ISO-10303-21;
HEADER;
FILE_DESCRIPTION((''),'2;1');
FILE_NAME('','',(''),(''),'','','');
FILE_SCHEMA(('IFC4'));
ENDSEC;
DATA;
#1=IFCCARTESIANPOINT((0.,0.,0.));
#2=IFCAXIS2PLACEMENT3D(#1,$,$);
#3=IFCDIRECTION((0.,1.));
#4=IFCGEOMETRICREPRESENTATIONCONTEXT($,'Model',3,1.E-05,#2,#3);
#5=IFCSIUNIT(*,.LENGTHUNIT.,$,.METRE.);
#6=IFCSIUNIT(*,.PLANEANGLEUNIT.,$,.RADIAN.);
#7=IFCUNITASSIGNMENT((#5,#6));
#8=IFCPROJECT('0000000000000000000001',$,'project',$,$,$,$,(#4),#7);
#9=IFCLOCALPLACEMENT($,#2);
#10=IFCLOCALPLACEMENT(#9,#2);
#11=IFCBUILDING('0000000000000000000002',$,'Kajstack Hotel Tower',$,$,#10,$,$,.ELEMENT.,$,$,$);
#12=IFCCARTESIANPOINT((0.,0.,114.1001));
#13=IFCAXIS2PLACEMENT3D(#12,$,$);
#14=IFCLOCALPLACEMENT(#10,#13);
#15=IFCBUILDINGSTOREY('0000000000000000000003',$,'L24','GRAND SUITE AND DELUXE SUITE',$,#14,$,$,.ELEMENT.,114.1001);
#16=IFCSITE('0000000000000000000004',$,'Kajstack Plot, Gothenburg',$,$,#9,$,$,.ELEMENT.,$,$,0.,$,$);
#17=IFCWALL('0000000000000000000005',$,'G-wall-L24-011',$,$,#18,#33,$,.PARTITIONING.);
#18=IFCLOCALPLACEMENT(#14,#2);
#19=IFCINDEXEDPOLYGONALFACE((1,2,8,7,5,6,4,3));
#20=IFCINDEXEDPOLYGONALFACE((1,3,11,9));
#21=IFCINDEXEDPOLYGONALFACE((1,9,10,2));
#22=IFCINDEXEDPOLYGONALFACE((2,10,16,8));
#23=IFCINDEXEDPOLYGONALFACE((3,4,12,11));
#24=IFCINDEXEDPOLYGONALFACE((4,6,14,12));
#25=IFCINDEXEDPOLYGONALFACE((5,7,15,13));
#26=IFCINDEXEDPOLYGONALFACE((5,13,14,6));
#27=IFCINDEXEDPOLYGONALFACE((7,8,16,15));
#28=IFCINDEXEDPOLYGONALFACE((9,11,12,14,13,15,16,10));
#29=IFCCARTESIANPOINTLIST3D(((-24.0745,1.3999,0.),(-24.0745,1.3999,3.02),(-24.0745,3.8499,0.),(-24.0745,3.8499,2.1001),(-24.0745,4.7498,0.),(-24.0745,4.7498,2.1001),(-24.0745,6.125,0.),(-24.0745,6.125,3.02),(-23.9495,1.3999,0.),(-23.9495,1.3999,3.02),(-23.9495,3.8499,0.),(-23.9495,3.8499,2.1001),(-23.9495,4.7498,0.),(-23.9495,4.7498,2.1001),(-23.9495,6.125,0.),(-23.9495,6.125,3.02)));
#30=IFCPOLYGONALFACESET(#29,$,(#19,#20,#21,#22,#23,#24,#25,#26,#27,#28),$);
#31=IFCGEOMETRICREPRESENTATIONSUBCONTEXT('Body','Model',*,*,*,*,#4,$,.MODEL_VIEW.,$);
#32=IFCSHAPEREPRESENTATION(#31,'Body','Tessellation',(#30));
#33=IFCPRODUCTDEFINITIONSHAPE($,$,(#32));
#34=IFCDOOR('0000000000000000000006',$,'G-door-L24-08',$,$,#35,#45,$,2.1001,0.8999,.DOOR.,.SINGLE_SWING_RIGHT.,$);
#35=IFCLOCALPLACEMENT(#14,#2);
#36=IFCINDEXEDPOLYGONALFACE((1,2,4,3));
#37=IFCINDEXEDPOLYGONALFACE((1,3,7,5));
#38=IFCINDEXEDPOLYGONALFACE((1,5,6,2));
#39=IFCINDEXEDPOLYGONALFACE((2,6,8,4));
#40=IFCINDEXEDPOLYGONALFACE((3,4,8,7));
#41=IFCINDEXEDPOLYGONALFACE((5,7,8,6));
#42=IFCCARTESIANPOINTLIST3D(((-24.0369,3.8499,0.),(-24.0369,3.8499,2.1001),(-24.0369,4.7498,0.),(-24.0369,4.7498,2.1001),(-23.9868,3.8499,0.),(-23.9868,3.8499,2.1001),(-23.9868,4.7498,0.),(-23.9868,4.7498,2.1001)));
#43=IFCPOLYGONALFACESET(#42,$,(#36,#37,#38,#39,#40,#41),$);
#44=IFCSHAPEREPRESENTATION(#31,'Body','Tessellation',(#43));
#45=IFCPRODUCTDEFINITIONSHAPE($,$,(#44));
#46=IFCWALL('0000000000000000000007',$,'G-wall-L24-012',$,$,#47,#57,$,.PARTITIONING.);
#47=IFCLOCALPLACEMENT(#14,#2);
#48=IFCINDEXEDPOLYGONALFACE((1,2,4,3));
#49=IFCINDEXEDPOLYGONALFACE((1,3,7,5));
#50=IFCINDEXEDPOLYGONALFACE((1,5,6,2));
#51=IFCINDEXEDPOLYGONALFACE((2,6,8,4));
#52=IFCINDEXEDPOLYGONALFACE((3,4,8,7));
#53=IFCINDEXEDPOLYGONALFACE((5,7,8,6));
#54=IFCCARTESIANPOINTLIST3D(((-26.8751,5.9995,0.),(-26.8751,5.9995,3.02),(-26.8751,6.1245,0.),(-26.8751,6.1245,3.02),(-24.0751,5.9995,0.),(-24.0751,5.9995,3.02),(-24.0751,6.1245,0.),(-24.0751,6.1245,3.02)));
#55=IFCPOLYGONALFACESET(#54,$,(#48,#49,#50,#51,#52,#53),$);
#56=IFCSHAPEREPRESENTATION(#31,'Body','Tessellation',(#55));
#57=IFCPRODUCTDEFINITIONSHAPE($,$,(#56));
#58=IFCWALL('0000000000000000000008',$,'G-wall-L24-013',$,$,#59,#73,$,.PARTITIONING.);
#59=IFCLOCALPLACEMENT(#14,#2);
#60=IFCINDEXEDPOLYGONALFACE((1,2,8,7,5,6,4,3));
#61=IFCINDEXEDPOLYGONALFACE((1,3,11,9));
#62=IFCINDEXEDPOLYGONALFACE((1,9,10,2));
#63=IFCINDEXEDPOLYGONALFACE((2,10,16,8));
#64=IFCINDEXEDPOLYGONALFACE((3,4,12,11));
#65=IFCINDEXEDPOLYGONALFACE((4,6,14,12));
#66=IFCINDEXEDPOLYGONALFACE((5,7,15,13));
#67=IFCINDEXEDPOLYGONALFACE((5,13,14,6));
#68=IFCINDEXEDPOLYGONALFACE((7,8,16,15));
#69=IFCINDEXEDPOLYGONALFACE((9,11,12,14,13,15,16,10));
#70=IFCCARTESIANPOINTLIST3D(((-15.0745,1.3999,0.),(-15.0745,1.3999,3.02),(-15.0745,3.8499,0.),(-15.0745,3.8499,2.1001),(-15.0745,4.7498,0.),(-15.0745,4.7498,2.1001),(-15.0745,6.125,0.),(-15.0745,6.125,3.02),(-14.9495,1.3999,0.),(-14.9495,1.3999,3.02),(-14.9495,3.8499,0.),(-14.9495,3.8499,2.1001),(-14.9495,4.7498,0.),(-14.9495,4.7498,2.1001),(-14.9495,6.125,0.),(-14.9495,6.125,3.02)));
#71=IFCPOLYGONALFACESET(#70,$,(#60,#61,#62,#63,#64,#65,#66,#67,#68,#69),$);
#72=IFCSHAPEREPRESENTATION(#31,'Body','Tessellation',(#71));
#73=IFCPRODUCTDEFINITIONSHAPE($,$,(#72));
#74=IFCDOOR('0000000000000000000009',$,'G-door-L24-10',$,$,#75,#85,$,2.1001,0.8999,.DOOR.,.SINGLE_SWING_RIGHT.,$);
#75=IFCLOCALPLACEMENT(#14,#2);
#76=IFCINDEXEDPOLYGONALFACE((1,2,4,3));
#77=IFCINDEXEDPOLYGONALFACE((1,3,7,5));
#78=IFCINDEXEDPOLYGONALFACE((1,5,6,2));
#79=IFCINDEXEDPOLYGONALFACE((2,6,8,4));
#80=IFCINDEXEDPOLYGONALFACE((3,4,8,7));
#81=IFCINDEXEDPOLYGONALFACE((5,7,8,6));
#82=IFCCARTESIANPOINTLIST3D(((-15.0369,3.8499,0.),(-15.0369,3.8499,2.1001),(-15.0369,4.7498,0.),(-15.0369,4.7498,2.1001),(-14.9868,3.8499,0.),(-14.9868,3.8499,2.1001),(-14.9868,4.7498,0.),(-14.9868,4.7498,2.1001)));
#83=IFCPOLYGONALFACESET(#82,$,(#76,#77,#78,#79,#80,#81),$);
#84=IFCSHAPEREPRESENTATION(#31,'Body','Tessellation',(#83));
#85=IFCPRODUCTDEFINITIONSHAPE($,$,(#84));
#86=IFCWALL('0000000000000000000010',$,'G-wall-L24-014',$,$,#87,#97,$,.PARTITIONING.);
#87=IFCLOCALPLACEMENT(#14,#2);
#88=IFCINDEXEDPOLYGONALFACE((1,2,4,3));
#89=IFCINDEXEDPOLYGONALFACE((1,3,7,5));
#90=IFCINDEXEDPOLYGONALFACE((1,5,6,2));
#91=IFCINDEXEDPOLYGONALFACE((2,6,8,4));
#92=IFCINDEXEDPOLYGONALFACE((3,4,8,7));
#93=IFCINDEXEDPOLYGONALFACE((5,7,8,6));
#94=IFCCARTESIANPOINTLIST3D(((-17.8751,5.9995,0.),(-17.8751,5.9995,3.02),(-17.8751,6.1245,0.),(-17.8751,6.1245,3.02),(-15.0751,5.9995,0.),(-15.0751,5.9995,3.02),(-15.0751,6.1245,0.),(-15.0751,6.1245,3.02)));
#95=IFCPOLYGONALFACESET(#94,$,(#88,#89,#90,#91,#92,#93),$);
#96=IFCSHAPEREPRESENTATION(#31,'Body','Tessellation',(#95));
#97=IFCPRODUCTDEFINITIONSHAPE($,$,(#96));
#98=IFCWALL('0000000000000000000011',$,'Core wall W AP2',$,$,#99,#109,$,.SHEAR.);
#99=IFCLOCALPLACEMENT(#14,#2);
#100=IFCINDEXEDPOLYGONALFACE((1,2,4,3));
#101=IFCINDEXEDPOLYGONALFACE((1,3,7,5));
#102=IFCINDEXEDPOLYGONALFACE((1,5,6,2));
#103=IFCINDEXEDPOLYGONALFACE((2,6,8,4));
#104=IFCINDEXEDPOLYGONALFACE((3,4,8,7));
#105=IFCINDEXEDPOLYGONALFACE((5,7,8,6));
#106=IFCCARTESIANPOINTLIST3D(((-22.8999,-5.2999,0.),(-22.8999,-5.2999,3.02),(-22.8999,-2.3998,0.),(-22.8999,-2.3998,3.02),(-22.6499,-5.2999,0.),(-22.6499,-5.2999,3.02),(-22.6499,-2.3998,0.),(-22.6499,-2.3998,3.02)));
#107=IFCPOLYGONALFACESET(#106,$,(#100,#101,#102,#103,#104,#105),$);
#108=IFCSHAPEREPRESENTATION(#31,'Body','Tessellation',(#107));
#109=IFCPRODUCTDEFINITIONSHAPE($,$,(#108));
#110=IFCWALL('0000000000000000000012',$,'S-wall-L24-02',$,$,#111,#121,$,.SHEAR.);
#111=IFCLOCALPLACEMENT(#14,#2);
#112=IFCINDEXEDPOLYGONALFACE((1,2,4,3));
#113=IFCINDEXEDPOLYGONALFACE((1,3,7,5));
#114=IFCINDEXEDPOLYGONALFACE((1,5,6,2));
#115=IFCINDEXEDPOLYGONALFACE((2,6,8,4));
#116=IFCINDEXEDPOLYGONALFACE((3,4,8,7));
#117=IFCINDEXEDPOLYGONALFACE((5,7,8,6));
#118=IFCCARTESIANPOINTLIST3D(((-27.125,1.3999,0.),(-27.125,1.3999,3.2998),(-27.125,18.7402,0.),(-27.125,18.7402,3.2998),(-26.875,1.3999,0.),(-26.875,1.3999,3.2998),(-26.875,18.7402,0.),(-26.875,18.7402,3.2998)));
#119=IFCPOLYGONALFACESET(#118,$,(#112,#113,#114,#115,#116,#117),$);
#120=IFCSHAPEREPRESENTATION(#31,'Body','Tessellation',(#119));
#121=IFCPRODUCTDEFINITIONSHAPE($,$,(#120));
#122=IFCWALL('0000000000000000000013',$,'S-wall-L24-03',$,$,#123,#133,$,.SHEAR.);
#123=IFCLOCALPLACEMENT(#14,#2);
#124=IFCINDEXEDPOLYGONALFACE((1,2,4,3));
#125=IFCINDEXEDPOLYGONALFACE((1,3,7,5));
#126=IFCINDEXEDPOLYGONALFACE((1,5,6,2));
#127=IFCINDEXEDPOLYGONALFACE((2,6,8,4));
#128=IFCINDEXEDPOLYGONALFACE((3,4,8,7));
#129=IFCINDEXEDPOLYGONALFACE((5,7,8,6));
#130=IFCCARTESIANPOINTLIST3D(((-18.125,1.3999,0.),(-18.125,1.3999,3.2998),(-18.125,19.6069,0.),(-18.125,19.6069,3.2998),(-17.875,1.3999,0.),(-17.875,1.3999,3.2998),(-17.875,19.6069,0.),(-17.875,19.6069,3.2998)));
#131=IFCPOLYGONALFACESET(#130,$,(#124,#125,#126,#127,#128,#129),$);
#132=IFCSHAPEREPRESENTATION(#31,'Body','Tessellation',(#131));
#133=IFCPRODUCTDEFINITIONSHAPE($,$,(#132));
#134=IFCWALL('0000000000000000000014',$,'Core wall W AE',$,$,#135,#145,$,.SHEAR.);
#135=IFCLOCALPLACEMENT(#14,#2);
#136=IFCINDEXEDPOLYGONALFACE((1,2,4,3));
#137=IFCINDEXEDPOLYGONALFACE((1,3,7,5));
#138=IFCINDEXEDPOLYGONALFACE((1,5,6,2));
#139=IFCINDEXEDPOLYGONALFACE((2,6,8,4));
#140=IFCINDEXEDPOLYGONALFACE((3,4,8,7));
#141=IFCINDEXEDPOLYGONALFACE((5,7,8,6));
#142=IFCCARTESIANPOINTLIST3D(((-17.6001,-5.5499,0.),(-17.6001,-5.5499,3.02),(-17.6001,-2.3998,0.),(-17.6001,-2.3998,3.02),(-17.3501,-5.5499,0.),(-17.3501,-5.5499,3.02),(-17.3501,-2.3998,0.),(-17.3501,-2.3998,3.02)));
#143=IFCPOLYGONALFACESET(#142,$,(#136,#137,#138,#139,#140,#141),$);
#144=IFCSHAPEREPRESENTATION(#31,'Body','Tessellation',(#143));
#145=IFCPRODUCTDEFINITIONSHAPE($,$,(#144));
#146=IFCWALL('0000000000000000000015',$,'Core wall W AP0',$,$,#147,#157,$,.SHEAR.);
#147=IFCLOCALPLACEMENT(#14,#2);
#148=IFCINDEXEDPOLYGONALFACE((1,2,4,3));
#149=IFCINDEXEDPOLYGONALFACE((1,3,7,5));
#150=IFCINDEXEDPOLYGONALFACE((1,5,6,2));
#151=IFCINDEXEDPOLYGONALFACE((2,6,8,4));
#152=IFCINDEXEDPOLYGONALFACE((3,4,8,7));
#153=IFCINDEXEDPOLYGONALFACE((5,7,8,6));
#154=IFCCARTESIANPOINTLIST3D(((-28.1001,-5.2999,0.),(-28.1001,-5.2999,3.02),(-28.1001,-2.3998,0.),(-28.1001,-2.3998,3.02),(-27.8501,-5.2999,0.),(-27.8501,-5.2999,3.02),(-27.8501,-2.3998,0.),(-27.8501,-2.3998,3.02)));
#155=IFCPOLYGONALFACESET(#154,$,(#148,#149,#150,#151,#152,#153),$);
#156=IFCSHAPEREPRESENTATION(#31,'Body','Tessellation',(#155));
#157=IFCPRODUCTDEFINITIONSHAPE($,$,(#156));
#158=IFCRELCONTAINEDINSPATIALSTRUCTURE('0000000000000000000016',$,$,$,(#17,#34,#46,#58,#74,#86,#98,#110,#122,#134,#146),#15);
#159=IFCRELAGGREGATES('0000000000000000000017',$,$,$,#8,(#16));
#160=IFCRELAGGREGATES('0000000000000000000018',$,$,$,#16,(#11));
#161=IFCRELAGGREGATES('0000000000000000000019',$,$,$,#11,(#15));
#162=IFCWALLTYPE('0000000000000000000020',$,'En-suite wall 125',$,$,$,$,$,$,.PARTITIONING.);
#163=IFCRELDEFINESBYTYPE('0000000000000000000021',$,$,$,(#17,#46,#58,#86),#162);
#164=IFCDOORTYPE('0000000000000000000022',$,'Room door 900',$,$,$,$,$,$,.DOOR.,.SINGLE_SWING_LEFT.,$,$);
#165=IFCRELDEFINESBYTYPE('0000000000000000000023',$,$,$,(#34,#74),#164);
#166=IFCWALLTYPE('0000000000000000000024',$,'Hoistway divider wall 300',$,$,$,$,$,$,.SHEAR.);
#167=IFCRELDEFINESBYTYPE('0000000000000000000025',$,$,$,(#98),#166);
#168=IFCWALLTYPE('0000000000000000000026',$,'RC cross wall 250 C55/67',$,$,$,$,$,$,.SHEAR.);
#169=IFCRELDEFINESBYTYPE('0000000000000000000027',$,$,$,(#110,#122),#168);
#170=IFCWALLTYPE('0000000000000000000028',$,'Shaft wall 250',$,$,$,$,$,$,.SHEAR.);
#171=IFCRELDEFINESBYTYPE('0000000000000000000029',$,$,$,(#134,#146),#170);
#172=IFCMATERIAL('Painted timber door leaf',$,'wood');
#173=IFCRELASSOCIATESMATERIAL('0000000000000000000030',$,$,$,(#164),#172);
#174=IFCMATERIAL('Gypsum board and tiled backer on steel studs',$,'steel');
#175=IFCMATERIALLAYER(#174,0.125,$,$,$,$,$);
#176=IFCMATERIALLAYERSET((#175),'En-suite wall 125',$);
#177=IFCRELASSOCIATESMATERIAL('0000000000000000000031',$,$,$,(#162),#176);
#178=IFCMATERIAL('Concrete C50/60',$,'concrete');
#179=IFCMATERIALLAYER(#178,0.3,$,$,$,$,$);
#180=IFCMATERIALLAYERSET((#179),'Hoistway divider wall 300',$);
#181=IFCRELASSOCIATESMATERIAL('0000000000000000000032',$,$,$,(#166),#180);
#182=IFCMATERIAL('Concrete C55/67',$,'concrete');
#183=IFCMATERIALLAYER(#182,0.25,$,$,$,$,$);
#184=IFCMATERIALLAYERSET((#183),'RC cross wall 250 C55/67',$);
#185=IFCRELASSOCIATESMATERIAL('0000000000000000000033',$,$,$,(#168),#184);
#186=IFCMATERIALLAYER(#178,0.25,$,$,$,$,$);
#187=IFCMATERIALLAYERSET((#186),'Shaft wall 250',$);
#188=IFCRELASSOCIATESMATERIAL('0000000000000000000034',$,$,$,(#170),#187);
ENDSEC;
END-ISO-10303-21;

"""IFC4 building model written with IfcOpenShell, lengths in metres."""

from ifc_helpers import new_model, si_unit, direction, frame, frame_2d, origin, place, context, subcontext, project, spatial, rectangle, extrude, material, layer, layer_set, type_object, element, fill, save


model = new_model("IFC4")

# Units and contexts
model_context = context("Model", 3, precision=1e-05, world=origin(), true_north=direction((0.0, 1.0)))
body_context = subcontext(model_context, "Body", "Model", "MODEL_VIEW")
ifc_project = project(units=[si_unit("LENGTHUNIT", "METRE"), si_unit("PLANEANGLEUNIT", "RADIAN")], contexts=[model_context])

# Site, building, storey
site_placement = place(None, origin())
site = spatial("IfcSite", under=ifc_project, at=site_placement, Name="Kajstack Plot, Gothenburg", CompositionType="ELEMENT", RefElevation=0.0)
building_placement = place(site_placement, origin())
building = spatial("IfcBuilding", under=site, at=building_placement, Name="Kajstack Hotel Tower", CompositionType="ELEMENT")
storey_placement = place(building_placement, frame((0.0, 0.0, 114.1001)))
storey = spatial("IfcBuildingStorey", under=building, at=storey_placement, Name="L24", Description="GRAND SUITE AND DELUXE SUITE", CompositionType="ELEMENT", Elevation=114.1001)

# Shared definitions
ifc_material_1 = material(Name="Painted timber door leaf", Category="wood")
door_type_1 = type_object("IfcDoorType", Name="Room door 900", OperationType="SINGLE_SWING_LEFT", PredefinedType="DOOR", material=ifc_material_1)

# Wall, opening, door
ifc_material_2 = material(Name="Gypsum board and tiled backer on steel studs", Category="steel")
ifc_layer_1 = layer(ifc_material_2, 0.125)
ifc_layer_set_1 = layer_set([ifc_layer_1], Name="En-suite wall 125")
wall_type_1 = type_object("IfcWallType", Name="En-suite wall 125", PredefinedType="PARTITIONING", material=ifc_layer_set_1)
wall_1_placement = place(storey_placement, frame((-24.012, 1.3999, 0.0), z_axis=(0.0, 0.0, 1.0), x_axis=(0.0, 1.0, 0.0)))
wall_1 = element("IfcWall", 1, at=wall_1_placement, inside=storey, type_object=wall_type_1, Name="G-wall-L24-011", PredefinedType="PARTITIONING", context=body_context, shape_type="SweptSolid", body=[
    extrude(rectangle(XDim=4.7251, YDim=0.125, at=frame_2d((2.3625, 0.0))), origin(), (0.0, 0.0, 1.0), 3.02),
])
opening_1_placement = place(wall_1_placement, frame((2.45, 0.0, 0.0)))
opening_1 = element("IfcOpeningElement", 2, at=opening_1_placement, cuts=wall_1, PredefinedType="OPENING", context=body_context, shape_type="SweptSolid", body=[
    extrude(rectangle(XDim=0.8999, YDim=2.1001, at=frame_2d((0.45, 1.05))), frame((0.0, 0.0725, 0.0), z_axis=(0.0, -1.0, 0.0), x_axis=(1.0, 0.0, 0.0)), (0.0, 0.0, 1.0), 0.145),
])
door_1_placement = place(opening_1_placement, origin())
door_1 = element("IfcDoor", 3, at=door_1_placement, inside=storey, type_object=door_type_1, Name="G-door-L24-08", OperationType="SINGLE_SWING_RIGHT", OverallHeight=2.1001, OverallWidth=0.8999, PredefinedType="DOOR", context=body_context, shape_type="SweptSolid", body=[
    extrude(rectangle(XDim=0.8999, YDim=2.1001, at=frame_2d((0.45, 1.05))), frame((0.0, 0.0249, 0.0), z_axis=(0.0, -1.0, 0.0), x_axis=(1.0, 0.0, 0.0)), (0.0, 0.0, 1.0), 0.05),
])
fill(opening_1, door_1)

# Wall
wall_2_placement = place(storey_placement, frame((-26.875, 6.062, 0.0), z_axis=(0.0, 0.0, 1.0), x_axis=(1.0, 0.0, 0.0)))
element("IfcWall", 4, at=wall_2_placement, inside=storey, type_object=wall_type_1, Name="G-wall-L24-012", PredefinedType="PARTITIONING", context=body_context, shape_type="SweptSolid", body=[
    extrude(rectangle(XDim=2.8, YDim=0.125, at=frame_2d((1.3999, 0.0))), origin(), (0.0, 0.0, 1.0), 3.02),
])

# Wall, opening, door
wall_3_placement = place(storey_placement, frame((-15.012, 1.3999, 0.0), z_axis=(0.0, 0.0, 1.0), x_axis=(0.0, 1.0, 0.0)))
wall_3 = element("IfcWall", 5, at=wall_3_placement, inside=storey, type_object=wall_type_1, Name="G-wall-L24-013", PredefinedType="PARTITIONING", context=body_context, shape_type="SweptSolid", body=[
    extrude(rectangle(XDim=4.7251, YDim=0.125, at=frame_2d((2.3625, 0.0))), origin(), (0.0, 0.0, 1.0), 3.02),
])
opening_2_placement = place(wall_3_placement, frame((2.45, 0.0, 0.0)))
opening_2 = element("IfcOpeningElement", 6, at=opening_2_placement, cuts=wall_3, PredefinedType="OPENING", context=body_context, shape_type="SweptSolid", body=[
    extrude(rectangle(XDim=0.8999, YDim=2.1001, at=frame_2d((0.45, 1.05))), frame((0.0, 0.0725, 0.0), z_axis=(0.0, -1.0, 0.0), x_axis=(1.0, 0.0, 0.0)), (0.0, 0.0, 1.0), 0.145),
])
door_2_placement = place(opening_2_placement, origin())
door_2 = element("IfcDoor", 7, at=door_2_placement, inside=storey, type_object=door_type_1, Name="G-door-L24-10", OperationType="SINGLE_SWING_RIGHT", OverallHeight=2.1001, OverallWidth=0.8999, PredefinedType="DOOR", context=body_context, shape_type="SweptSolid", body=[
    extrude(rectangle(XDim=0.8999, YDim=2.1001, at=frame_2d((0.45, 1.05))), frame((0.0, 0.0249, 0.0), z_axis=(0.0, -1.0, 0.0), x_axis=(1.0, 0.0, 0.0)), (0.0, 0.0, 1.0), 0.05),
])
fill(opening_2, door_2)

# Walls
wall_4_placement = place(storey_placement, frame((-17.875, 6.062, 0.0), z_axis=(0.0, 0.0, 1.0), x_axis=(1.0, 0.0, 0.0)))
element("IfcWall", 8, at=wall_4_placement, inside=storey, type_object=wall_type_1, Name="G-wall-L24-014", PredefinedType="PARTITIONING", context=body_context, shape_type="SweptSolid", body=[
    extrude(rectangle(XDim=2.8, YDim=0.125, at=frame_2d((1.3999, 0.0))), origin(), (0.0, 0.0, 1.0), 3.02),
])
ifc_material_3 = material(Name="Concrete C50/60", Category="concrete")
ifc_layer_2 = layer(ifc_material_3, 0.3)
ifc_layer_set_2 = layer_set([ifc_layer_2], Name="Hoistway divider wall 300")
wall_type_2 = type_object("IfcWallType", Name="Hoistway divider wall 300", PredefinedType="SHEAR", material=ifc_layer_set_2)
wall_5_placement = place(storey_placement, frame((-22.7749, -5.3, 0.0), z_axis=(0.0, 0.0, 1.0), x_axis=(0.0, 1.0, 0.0)))
element("IfcWall", 9, at=wall_5_placement, inside=storey, type_object=wall_type_2, Name="Core wall W AP2", PredefinedType="SHEAR", context=body_context, shape_type="SweptSolid", body=[
    extrude(rectangle(XDim=2.9001, YDim=0.25, at=frame_2d((1.4502, 0.0))), origin(), (0.0, 0.0, 1.0), 3.02),
])
ifc_material_4 = material(Name="Concrete C55/67", Category="concrete")
ifc_layer_3 = layer(ifc_material_4, 0.25)
ifc_layer_set_3 = layer_set([ifc_layer_3], Name="RC cross wall 250 C55/67")
wall_type_3 = type_object("IfcWallType", Name="RC cross wall 250 C55/67", PredefinedType="SHEAR", material=ifc_layer_set_3)
wall_6_placement = place(storey_placement, frame((-27.0, 1.3999, 0.0), z_axis=(0.0, 0.0, 1.0), x_axis=(0.0, 1.0, 0.0)))
element("IfcWall", 10, at=wall_6_placement, inside=storey, type_object=wall_type_3, Name="S-wall-L24-02", PredefinedType="SHEAR", context=body_context, shape_type="SweptSolid", body=[
    extrude(rectangle(XDim=17.3403, YDim=0.25, at=frame_2d((8.6702, 0.0))), origin(), (0.0, 0.0, 1.0), 3.2998),
])
wall_7_placement = place(storey_placement, frame((-18.0, 1.3999, 0.0), z_axis=(0.0, 0.0, 1.0), x_axis=(0.0, 1.0, 0.0)))
element("IfcWall", 11, at=wall_7_placement, inside=storey, type_object=wall_type_3, Name="S-wall-L24-03", PredefinedType="SHEAR", context=body_context, shape_type="SweptSolid", body=[
    extrude(rectangle(XDim=18.207, YDim=0.25, at=frame_2d((9.1035, 0.0))), origin(), (0.0, 0.0, 1.0), 3.2998),
])
ifc_layer_4 = layer(ifc_material_3, 0.25)
ifc_layer_set_4 = layer_set([ifc_layer_4], Name="Shaft wall 250")
wall_type_4 = type_object("IfcWallType", Name="Shaft wall 250", PredefinedType="SHEAR", material=ifc_layer_set_4)
wall_8_placement = place(storey_placement, frame((-17.4751, -5.55, 0.0), z_axis=(0.0, 0.0, 1.0), x_axis=(0.0, 1.0, 0.0)))
element("IfcWall", 12, at=wall_8_placement, inside=storey, type_object=wall_type_4, Name="Core wall W AE", PredefinedType="SHEAR", context=body_context, shape_type="SweptSolid", body=[
    extrude(rectangle(XDim=3.1501, YDim=0.25, at=frame_2d((1.5752, 0.0))), origin(), (0.0, 0.0, 1.0), 3.02),
])
wall_9_placement = place(storey_placement, frame((-27.9751, -5.3, 0.0), z_axis=(0.0, 0.0, 1.0), x_axis=(0.0, 1.0, 0.0)))
element("IfcWall", 13, at=wall_9_placement, inside=storey, type_object=wall_type_4, Name="Core wall W AP0", PredefinedType="SHEAR", context=body_context, shape_type="SweptSolid", body=[
    extrude(rectangle(XDim=2.9001, YDim=0.25, at=frame_2d((1.4502, 0.0))), origin(), (0.0, 0.0, 1.0), 3.02),
])

save(model, "model.ifc")
